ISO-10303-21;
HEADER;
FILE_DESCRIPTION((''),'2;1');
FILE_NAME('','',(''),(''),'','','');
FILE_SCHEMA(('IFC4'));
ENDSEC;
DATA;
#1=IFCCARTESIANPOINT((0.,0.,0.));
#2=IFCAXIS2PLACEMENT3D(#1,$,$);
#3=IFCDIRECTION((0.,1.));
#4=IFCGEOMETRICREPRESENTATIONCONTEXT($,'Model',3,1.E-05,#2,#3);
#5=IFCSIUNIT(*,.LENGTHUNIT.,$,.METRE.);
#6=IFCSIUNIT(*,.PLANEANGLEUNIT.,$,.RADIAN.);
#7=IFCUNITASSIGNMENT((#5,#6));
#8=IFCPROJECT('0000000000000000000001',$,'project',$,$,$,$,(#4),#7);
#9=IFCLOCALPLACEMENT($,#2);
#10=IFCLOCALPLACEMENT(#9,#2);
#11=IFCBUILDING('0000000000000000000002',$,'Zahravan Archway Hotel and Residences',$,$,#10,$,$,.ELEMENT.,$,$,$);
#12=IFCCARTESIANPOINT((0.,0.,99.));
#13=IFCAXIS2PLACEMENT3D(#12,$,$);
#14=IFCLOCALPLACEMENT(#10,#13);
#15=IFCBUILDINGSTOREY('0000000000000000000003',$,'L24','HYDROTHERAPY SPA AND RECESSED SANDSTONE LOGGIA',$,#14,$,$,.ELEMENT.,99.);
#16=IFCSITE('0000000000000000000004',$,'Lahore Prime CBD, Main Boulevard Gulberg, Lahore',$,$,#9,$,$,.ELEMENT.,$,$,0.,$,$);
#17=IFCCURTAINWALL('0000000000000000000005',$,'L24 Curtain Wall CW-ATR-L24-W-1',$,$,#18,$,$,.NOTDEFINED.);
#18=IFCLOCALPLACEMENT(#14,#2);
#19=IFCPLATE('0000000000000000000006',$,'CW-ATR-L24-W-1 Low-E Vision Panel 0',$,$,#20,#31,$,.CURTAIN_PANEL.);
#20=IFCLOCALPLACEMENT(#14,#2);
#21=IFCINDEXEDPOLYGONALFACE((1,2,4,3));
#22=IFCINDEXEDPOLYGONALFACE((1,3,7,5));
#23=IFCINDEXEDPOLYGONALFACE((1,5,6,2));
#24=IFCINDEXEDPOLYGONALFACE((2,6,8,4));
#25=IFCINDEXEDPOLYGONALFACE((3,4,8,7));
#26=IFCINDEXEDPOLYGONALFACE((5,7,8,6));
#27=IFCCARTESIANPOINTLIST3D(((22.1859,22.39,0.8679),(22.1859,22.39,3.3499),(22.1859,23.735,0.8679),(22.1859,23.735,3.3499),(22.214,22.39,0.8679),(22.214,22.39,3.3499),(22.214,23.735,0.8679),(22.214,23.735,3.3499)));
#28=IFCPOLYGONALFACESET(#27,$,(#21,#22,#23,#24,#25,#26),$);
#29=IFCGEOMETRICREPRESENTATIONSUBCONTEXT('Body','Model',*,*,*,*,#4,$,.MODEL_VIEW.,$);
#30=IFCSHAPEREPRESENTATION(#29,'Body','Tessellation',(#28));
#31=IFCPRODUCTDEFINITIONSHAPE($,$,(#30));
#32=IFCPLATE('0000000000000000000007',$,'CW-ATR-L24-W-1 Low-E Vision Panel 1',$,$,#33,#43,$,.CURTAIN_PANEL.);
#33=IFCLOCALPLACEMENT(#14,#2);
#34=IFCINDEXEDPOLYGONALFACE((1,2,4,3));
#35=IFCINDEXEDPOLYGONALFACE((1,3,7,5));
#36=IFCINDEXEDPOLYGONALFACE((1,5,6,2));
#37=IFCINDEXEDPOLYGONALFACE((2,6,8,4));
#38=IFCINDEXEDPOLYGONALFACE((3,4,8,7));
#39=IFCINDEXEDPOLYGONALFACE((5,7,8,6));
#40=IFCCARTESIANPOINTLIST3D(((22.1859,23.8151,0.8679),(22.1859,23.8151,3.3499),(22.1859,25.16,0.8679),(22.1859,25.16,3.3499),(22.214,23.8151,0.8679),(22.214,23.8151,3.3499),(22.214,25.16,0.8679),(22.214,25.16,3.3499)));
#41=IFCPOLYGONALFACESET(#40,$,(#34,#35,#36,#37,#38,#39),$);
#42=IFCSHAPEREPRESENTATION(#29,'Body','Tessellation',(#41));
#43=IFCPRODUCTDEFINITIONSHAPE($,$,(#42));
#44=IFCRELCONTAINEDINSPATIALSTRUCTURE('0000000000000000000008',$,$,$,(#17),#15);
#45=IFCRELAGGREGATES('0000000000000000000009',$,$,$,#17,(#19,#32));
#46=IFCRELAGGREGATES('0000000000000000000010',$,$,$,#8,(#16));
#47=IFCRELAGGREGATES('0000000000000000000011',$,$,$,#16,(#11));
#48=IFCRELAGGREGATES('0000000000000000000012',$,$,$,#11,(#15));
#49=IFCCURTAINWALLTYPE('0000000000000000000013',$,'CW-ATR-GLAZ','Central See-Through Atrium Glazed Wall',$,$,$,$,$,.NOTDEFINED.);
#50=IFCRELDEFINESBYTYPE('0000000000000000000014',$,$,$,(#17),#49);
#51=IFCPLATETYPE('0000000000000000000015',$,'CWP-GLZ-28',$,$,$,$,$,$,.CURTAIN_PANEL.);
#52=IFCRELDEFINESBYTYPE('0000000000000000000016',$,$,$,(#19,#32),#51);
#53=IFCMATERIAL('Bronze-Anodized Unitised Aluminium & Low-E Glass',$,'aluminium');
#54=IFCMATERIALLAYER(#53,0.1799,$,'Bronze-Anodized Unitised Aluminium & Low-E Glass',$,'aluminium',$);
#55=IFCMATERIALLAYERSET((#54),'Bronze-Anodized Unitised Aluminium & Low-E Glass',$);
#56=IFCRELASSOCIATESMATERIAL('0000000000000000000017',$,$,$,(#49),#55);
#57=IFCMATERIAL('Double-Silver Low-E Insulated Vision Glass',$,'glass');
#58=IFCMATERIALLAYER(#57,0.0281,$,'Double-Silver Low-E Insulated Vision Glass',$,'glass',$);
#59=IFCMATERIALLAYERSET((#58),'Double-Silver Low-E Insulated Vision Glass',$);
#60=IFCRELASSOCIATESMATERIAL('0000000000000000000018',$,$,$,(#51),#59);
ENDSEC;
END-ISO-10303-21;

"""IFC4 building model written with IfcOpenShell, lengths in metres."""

from ifc_helpers import new_model, si_unit, direction, frame, origin, origin_2d, place, context, subcontext, project, spatial, rectangle, extrude, source, transform, mapped, material, layer, layer_set, type_object, element, aggregate, save


model = new_model("IFC4")

# Units and contexts
model_context = context("Model", 3, precision=1e-05, world=origin(), true_north=direction((0.0, 1.0)))
body_context = subcontext(model_context, "Body", "Model", "MODEL_VIEW")
ifc_project = project(units=[si_unit("LENGTHUNIT", "METRE"), si_unit("PLANEANGLEUNIT", "RADIAN")], contexts=[model_context])

# Site, building, storey
site_placement = place(None, origin())
site = spatial("IfcSite", under=ifc_project, at=site_placement, Name="Lahore Prime CBD, Main Boulevard Gulberg, Lahore", CompositionType="ELEMENT", RefElevation=0.0)
building_placement = place(site_placement, origin())
building = spatial("IfcBuilding", under=site, at=building_placement, Name="Zahravan Archway Hotel and Residences", CompositionType="ELEMENT")
storey_placement = place(building_placement, frame((0.0, 0.0, 99.0)))
storey = spatial("IfcBuildingStorey", under=building, at=storey_placement, Name="L24", Description="HYDROTHERAPY SPA AND RECESSED SANDSTONE LOGGIA", CompositionType="ELEMENT", Elevation=99.0)

# Curtain wall
ifc_material_1 = material(Name="Bronze-Anodized Unitised Aluminium & Low-E Glass", Category="aluminium")
ifc_layer_1 = layer(ifc_material_1, 0.1799, Name="Bronze-Anodized Unitised Aluminium & Low-E Glass", Category="aluminium")
ifc_layer_set_1 = layer_set([ifc_layer_1], Name="Bronze-Anodized Unitised Aluminium & Low-E Glass")
curtain_wall_type = type_object("IfcCurtainWallType", Name="CW-ATR-GLAZ", Description="Central See-Through Atrium Glazed Wall", PredefinedType="NOTDEFINED", material=ifc_layer_set_1)
curtain_wall_1_placement = place(storey_placement, origin())
curtain_wall_1 = element("IfcCurtainWall", 1, at=curtain_wall_1_placement, inside=storey, type_object=curtain_wall_type, Name="L24 Curtain Wall CW-ATR-L24-W-1", PredefinedType="NOTDEFINED")

# Plates
ifc_material_2 = material(Name="Double-Silver Low-E Insulated Vision Glass", Category="glass")
ifc_layer_2 = layer(ifc_material_2, 0.0281, Name="Double-Silver Low-E Insulated Vision Glass", Category="glass")
ifc_layer_set_2 = layer_set([ifc_layer_2], Name="Double-Silver Low-E Insulated Vision Glass")
plate_type_1 = type_object("IfcPlateType", Name="CWP-GLZ-28", PredefinedType="CURTAIN_PANEL", material=ifc_layer_set_2)
shared_shape_1 = source(origin(), body_context, "Body", "SweptSolid", [
    extrude(rectangle(XDim=1.345, YDim=0.0281, at=origin_2d()), origin(), (0.0, 0.0, 1.0), 2.4819),
])
plate_1_placement = place(storey_placement, frame((22.2, 23.0625, 0.8679), z_axis=(0.0, 0.0, 1.0), x_axis=(0.0, 1.0, 0.0)))
plate_1 = element("IfcPlate", 2, at=plate_1_placement, type_object=plate_type_1, Name="CW-ATR-L24-W-1 Low-E Vision Panel 0", PredefinedType="CURTAIN_PANEL", context=body_context, shape_type="MappedRepresentation", body=[
    mapped(shared_shape_1, transform((0.0, 0.0, 0.0), scale=1.0)),
])
plate_2_placement = place(storey_placement, frame((22.2, 24.4875, 0.8679), z_axis=(0.0, 0.0, 1.0), x_axis=(0.0, 1.0, 0.0)))
plate_2 = element("IfcPlate", 3, at=plate_2_placement, type_object=plate_type_1, Name="CW-ATR-L24-W-1 Low-E Vision Panel 1", PredefinedType="CURTAIN_PANEL", context=body_context, shape_type="MappedRepresentation", body=[
    mapped(shared_shape_1, transform((0.0, 0.0, 0.0), scale=1.0)),
])
aggregate(curtain_wall_1, [plate_1, plate_2])

save(model, "model.ifc")
